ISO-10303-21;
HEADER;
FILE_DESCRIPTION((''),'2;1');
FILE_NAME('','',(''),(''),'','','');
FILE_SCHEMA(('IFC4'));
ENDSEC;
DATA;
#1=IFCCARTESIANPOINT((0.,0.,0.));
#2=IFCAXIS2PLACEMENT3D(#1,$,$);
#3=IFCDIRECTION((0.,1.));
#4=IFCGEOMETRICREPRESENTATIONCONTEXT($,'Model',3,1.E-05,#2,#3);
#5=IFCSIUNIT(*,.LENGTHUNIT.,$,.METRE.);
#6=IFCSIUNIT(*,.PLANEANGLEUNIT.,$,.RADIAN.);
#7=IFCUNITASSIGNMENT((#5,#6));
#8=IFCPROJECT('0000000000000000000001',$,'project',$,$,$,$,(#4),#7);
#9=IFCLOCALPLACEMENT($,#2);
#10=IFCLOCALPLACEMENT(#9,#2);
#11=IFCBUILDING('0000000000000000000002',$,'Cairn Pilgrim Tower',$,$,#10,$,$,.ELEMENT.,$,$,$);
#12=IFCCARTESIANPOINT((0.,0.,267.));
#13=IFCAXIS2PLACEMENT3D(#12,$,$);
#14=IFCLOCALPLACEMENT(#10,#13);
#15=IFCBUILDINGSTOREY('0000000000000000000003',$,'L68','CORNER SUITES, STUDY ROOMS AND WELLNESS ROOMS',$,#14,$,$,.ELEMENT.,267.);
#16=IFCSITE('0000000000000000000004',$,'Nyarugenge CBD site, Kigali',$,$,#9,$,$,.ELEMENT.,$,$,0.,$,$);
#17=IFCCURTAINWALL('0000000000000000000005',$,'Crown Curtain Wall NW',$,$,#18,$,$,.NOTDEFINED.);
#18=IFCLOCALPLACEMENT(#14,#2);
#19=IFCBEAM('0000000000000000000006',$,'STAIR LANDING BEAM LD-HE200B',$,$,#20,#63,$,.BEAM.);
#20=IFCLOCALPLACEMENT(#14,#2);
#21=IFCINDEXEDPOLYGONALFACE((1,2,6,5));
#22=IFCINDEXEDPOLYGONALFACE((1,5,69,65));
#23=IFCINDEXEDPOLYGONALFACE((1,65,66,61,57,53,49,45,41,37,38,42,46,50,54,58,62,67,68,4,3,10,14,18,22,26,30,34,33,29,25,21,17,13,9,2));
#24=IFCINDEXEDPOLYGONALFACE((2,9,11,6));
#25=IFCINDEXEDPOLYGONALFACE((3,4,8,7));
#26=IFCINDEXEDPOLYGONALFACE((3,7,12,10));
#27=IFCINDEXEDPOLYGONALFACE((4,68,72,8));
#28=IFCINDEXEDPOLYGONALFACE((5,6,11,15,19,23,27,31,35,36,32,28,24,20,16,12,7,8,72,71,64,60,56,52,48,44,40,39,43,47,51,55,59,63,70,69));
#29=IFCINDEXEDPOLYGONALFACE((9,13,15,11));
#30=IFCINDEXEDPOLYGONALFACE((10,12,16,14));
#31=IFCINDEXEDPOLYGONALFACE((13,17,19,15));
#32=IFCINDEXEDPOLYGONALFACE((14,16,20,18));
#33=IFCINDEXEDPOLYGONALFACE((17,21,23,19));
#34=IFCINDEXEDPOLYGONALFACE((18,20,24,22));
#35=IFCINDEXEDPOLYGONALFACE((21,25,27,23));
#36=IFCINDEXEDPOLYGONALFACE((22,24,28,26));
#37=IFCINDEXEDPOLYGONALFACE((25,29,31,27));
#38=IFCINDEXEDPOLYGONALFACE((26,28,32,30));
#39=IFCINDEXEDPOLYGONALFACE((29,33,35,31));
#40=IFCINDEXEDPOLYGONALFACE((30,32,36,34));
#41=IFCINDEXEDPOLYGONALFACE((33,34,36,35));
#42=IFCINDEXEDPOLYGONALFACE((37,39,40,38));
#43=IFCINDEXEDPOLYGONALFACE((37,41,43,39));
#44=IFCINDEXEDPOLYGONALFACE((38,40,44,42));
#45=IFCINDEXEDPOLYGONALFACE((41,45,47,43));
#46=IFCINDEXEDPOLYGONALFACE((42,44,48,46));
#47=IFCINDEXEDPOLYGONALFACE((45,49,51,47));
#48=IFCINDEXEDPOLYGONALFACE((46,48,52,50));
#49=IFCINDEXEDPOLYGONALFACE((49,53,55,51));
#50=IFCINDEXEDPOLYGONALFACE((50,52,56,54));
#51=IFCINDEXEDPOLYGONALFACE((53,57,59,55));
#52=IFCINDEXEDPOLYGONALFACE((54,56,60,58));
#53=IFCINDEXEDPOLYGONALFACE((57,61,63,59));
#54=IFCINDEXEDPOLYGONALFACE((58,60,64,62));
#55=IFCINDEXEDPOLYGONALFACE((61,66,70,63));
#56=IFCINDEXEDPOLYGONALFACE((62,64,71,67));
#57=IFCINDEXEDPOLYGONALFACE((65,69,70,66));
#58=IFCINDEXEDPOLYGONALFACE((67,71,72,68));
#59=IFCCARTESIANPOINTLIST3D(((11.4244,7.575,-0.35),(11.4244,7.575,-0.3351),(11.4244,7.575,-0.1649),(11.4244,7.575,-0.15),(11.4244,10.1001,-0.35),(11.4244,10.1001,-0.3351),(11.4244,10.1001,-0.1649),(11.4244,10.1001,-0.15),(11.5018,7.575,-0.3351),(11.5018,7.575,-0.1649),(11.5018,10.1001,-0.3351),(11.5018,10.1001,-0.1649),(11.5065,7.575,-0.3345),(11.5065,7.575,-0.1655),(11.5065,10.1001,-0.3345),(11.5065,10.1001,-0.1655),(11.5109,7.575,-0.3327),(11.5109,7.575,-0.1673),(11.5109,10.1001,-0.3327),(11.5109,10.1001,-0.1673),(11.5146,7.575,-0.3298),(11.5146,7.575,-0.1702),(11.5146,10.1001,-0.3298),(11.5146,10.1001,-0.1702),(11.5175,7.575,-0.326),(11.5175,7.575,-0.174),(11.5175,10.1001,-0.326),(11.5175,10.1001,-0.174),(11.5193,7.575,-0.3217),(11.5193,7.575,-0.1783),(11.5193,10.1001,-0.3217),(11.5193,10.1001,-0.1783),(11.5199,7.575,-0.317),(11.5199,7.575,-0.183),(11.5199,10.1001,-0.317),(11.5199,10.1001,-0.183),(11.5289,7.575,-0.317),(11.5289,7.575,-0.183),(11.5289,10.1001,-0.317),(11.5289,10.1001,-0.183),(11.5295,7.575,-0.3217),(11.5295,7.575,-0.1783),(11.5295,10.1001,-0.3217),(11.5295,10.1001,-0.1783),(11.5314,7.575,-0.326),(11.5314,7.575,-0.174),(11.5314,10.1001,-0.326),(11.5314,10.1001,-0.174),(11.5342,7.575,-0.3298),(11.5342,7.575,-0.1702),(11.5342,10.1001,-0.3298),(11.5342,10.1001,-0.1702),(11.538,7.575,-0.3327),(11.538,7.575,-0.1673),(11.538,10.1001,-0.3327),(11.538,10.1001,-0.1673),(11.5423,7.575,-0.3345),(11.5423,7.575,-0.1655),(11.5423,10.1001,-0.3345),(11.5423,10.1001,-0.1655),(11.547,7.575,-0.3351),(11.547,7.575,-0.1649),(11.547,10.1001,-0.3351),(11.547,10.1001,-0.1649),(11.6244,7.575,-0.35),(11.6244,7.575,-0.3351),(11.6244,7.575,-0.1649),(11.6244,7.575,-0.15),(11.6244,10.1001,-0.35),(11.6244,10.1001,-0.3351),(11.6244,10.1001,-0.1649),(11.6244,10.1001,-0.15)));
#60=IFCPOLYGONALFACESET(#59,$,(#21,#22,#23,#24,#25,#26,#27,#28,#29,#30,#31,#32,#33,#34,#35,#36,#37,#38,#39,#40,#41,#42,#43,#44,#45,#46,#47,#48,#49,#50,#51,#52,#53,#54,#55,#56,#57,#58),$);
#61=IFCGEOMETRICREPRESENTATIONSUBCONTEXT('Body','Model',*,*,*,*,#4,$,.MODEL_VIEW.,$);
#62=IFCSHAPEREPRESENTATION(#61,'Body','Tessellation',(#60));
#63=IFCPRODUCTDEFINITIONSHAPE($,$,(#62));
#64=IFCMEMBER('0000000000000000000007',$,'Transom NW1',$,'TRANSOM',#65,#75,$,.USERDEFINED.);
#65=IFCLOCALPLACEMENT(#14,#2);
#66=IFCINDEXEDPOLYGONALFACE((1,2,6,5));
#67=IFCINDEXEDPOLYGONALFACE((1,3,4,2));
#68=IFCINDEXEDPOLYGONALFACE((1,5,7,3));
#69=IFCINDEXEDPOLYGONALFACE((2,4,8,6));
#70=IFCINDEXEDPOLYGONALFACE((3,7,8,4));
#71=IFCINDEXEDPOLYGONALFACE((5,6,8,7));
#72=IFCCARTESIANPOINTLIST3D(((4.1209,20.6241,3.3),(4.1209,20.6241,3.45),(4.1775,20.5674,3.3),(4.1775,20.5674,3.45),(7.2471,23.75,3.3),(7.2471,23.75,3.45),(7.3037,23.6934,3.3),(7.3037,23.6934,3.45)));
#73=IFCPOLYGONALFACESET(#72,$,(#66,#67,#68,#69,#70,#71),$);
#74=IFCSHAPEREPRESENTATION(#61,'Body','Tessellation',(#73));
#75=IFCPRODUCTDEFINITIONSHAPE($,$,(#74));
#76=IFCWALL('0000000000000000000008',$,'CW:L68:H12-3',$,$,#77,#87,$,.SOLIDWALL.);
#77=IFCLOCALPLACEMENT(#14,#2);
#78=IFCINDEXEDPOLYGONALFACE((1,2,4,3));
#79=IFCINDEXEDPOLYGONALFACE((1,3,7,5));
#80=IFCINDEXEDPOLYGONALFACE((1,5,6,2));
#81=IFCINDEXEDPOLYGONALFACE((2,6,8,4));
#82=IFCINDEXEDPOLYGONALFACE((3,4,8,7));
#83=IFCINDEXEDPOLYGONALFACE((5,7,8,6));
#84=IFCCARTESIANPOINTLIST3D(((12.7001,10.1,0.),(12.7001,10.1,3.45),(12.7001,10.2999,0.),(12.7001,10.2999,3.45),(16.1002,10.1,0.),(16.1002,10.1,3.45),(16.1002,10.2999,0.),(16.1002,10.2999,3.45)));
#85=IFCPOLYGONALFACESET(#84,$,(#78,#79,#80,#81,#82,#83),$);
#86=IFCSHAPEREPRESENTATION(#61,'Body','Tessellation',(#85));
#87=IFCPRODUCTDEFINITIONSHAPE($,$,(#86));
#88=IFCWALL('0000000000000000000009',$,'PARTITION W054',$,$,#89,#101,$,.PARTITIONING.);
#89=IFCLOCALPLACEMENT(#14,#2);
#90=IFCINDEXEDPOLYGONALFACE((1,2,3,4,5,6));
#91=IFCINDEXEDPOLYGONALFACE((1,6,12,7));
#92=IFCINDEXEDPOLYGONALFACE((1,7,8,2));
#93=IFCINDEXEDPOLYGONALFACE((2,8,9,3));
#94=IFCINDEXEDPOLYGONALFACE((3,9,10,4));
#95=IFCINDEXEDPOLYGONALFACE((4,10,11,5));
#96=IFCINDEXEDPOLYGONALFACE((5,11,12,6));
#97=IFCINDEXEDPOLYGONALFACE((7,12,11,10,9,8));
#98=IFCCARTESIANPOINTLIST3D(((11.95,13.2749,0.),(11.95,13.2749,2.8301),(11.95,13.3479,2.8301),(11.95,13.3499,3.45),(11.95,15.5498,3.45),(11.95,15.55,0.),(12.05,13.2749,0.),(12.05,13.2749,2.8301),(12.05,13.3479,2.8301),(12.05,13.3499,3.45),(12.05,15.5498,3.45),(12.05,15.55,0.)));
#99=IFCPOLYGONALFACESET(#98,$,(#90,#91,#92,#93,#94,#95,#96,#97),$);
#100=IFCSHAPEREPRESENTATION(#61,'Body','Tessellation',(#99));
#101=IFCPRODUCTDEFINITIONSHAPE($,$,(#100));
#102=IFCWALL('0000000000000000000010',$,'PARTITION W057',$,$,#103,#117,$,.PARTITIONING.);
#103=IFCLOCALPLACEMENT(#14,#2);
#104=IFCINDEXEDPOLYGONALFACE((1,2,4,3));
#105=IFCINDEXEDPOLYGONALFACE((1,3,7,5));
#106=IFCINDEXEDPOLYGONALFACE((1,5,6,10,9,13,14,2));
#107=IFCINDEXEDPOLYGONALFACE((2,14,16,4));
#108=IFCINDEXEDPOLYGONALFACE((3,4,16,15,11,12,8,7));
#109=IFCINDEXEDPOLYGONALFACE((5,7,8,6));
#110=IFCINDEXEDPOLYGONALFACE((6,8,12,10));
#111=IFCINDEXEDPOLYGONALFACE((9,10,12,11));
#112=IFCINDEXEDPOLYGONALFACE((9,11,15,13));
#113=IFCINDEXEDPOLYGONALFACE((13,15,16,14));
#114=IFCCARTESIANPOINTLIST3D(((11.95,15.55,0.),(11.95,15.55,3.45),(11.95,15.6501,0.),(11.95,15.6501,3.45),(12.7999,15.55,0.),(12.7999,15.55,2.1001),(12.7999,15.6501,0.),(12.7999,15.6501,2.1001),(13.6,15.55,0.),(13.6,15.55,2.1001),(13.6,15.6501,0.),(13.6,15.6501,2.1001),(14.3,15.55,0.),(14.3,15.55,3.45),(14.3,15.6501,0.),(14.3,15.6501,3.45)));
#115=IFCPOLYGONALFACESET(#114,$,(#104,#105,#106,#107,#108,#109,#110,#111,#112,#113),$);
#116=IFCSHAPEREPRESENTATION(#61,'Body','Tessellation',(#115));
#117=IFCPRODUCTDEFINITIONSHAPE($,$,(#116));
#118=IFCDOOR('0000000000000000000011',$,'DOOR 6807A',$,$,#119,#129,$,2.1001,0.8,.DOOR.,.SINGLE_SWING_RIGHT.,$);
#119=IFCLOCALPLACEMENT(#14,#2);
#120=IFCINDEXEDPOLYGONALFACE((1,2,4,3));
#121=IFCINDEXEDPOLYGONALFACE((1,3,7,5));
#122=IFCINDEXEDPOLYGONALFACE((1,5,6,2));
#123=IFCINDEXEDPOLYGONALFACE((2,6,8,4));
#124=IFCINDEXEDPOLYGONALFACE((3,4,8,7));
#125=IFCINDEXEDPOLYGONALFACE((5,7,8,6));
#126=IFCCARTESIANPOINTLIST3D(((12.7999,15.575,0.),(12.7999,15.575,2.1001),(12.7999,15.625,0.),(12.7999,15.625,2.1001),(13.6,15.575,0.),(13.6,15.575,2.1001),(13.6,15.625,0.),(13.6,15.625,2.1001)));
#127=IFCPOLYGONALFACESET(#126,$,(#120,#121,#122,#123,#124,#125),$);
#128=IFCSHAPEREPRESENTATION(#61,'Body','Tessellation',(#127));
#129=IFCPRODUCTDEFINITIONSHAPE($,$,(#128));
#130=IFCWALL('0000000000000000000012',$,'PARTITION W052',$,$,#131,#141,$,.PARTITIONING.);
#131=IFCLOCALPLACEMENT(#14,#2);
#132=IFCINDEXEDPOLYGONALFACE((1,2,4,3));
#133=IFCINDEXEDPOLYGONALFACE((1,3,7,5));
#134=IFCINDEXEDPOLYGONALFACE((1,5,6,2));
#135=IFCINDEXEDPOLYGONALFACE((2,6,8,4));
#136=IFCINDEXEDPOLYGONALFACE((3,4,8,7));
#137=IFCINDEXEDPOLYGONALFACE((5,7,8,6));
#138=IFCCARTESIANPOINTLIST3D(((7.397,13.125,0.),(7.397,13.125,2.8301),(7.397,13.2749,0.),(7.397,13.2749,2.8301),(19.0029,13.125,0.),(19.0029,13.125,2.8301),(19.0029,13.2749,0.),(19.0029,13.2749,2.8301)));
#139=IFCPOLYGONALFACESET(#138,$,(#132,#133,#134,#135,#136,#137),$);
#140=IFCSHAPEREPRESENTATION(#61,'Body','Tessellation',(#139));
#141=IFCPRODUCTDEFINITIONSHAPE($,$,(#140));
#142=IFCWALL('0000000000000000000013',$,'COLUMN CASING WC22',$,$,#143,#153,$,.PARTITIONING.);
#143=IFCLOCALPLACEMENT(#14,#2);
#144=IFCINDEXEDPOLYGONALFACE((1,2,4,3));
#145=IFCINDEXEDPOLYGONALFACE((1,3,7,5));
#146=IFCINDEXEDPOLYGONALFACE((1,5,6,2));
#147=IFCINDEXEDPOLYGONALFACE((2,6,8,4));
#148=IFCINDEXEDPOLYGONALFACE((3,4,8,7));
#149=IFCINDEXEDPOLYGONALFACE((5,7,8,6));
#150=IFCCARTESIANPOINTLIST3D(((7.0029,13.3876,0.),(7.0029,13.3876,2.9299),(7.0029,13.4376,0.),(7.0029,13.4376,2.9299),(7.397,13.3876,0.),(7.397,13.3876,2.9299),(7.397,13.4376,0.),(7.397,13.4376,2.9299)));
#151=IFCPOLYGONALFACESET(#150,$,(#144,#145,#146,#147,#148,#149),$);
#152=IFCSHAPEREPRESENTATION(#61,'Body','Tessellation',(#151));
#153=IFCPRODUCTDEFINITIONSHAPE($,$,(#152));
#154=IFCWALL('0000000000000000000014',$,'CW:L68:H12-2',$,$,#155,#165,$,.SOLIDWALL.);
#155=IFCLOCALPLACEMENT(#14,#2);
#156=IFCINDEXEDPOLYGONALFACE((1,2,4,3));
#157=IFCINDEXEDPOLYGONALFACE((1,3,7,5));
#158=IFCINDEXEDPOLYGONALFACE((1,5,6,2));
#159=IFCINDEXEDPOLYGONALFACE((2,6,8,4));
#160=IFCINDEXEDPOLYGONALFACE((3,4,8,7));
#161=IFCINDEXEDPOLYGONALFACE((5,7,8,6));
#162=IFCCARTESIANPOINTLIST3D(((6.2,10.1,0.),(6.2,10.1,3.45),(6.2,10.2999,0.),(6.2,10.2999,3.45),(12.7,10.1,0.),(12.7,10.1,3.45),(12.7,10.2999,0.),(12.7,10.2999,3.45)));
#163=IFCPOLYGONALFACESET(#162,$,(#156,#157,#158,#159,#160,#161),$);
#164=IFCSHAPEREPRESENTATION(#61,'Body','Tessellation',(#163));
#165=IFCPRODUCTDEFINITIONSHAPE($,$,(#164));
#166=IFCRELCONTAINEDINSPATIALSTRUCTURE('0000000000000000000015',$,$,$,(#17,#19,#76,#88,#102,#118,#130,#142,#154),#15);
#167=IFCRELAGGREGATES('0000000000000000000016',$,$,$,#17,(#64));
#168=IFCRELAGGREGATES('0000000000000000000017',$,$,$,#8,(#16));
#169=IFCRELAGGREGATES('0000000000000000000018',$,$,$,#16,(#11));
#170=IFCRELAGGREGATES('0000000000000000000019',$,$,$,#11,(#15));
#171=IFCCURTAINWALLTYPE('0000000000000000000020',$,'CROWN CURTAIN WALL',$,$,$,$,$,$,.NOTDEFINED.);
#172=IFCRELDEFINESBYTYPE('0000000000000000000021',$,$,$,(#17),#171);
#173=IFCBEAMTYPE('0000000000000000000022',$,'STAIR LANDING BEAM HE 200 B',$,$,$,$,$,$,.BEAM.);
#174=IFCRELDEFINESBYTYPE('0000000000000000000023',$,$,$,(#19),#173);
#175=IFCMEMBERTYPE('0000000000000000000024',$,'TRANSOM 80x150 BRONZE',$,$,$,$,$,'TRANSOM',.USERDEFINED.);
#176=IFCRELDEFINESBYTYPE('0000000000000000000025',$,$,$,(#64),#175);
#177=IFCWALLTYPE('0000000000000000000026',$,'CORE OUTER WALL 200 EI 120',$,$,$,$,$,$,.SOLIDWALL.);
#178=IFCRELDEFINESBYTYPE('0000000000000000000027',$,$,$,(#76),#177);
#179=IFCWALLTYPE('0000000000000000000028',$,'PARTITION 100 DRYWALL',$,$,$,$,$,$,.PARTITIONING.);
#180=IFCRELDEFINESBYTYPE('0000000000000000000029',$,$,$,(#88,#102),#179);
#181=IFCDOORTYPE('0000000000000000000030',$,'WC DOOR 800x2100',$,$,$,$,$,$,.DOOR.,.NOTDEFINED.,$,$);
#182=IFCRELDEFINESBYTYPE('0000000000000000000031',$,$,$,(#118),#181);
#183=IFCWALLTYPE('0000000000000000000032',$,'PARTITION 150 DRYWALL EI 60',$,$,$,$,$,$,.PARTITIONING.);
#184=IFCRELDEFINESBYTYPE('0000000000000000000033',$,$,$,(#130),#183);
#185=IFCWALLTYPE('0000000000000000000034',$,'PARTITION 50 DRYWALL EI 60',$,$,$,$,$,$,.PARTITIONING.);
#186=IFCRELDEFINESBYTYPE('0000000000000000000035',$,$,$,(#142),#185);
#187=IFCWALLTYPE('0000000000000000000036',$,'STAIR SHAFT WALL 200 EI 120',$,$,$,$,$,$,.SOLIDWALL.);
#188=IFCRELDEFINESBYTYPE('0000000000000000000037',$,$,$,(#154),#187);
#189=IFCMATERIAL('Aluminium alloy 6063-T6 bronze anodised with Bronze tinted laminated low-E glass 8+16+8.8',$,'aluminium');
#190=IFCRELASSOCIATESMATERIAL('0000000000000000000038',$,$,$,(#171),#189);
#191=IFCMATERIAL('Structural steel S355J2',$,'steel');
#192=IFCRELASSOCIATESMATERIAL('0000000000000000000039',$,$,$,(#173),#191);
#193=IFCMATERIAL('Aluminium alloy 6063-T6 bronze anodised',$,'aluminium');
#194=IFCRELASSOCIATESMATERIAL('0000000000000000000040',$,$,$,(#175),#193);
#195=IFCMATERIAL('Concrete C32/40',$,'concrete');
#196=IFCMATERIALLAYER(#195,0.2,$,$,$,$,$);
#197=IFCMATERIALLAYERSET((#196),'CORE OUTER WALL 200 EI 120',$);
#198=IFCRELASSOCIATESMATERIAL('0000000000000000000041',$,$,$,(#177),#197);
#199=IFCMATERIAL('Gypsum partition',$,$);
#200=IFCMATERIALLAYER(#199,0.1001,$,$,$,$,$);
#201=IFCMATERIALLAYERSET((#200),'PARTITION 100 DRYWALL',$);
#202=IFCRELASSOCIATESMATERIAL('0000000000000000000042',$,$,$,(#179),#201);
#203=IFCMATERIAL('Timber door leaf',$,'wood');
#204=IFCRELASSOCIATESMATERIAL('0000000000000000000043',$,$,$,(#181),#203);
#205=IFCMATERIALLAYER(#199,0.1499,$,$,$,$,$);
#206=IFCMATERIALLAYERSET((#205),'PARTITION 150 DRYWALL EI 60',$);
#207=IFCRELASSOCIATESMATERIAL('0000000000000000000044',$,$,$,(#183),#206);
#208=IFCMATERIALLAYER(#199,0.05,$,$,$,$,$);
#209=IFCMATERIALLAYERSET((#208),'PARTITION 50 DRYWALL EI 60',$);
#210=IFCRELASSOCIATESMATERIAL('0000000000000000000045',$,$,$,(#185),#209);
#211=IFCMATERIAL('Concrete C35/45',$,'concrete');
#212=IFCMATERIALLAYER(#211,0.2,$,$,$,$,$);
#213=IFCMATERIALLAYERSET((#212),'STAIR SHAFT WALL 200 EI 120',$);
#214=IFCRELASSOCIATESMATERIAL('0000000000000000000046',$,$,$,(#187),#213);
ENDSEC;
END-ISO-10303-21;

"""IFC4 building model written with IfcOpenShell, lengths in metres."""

from ifc_helpers import new_model, si_unit, direction, frame, frame_2d, origin, origin_2d, place, context, subcontext, project, spatial, polyline, rectangle, i_section, outline, extrude, material, layer, layer_set, material_profile, profile_set, type_object, element, fill, aggregate, save


model = new_model("IFC4")

# Units and contexts
model_context = context("Model", 3, precision=1e-05, world=origin(), true_north=direction((0.0, 1.0)))
body_context = subcontext(model_context, "Body", "Model", "MODEL_VIEW")
ifc_project = project(units=[si_unit("LENGTHUNIT", "METRE"), si_unit("PLANEANGLEUNIT", "RADIAN")], contexts=[model_context])

# Site, building, storey
site_placement = place(None, origin())
site = spatial("IfcSite", under=ifc_project, at=site_placement, Name="Nyarugenge CBD site, Kigali", CompositionType="ELEMENT", RefElevation=0.0)
building_placement = place(site_placement, origin())
building = spatial("IfcBuilding", under=site, at=building_placement, Name="Cairn Pilgrim Tower", CompositionType="ELEMENT")
storey_placement = place(building_placement, frame((0.0, 0.0, 267.0)))
storey = spatial("IfcBuildingStorey", under=building, at=storey_placement, Name="L68", Description="CORNER SUITES, STUDY ROOMS AND WELLNESS ROOMS", CompositionType="ELEMENT", Elevation=267.0)

# Shared definitions
ifc_material_1 = material(Name="Structural steel S355J2", Category="steel")

# Curtain wall
ifc_material_2 = material(Name="Aluminium alloy 6063-T6 bronze anodised with Bronze tinted laminated low-E glass 8+16+8.8", Category="aluminium")
curtain_wall_type = type_object("IfcCurtainWallType", Name="CROWN CURTAIN WALL", PredefinedType="NOTDEFINED", material=ifc_material_2)
ifc_material_3 = material(Name="Aluminium alloy 6063-T6 bronze anodised", Category="aluminium")
curtain_wall_1_placement = place(storey_placement, origin())
curtain_wall_1 = element("IfcCurtainWall", 1, at=curtain_wall_1_placement, inside=storey, type_object=curtain_wall_type, Name="Crown Curtain Wall NW", PredefinedType="NOTDEFINED")

# Beam
ifc_material_profile_1 = material_profile(ifc_material_1, i_section(OverallWidth=0.2, OverallDepth=0.2, WebThickness=0.009, FlangeThickness=0.0149, FilletRadius=0.0181, at=origin_2d()), Name="HE 200 B")
ifc_profile_set_1 = profile_set([ifc_material_profile_1], Name="Structural steel S355J2")
beam_type_1 = type_object("IfcBeamType", Name="STAIR LANDING BEAM HE 200 B", PredefinedType="BEAM", material=ifc_profile_set_1)
beam_1_placement = place(storey_placement, frame((11.5244, 10.1001, -0.25), z_axis=(0.0, -1.0, 0.0), x_axis=(1.0, 0.0, 0.0)))
element("IfcBeam", 2, at=beam_1_placement, inside=storey, type_object=beam_type_1, Name="STAIR LANDING BEAM LD-HE200B", PredefinedType="BEAM", context=body_context, shape_type="SweptSolid", body=[
    extrude(i_section(OverallWidth=0.2, OverallDepth=0.2, WebThickness=0.009, FlangeThickness=0.0149, FilletRadius=0.0181, at=origin_2d()), origin(), (0.0, 0.0, 1.0), 2.5251),
])

# Member
ifc_material_profile_2 = material_profile(ifc_material_3, rectangle(XDim=0.0801, YDim=0.1499, at=origin_2d()), Name="TRANSOM 80x150 BRONZE")
ifc_profile_set_2 = profile_set([ifc_material_profile_2], Name="Aluminium alloy 6063-T6 bronze anodised")
member_type_1 = type_object("IfcMemberType", Name="TRANSOM 80x150 BRONZE", ElementType="TRANSOM", PredefinedType="USERDEFINED", material=ifc_profile_set_2)
member_1_placement = place(storey_placement, frame((7.2754, 23.7217, 3.375), z_axis=(-0.707134, -0.707079, 0.0), x_axis=(0.707079, -0.707134, 0.0)))
member_1 = element("IfcMember", 3, at=member_1_placement, type_object=member_type_1, Name="Transom NW1", ObjectType="TRANSOM", PredefinedType="USERDEFINED", context=body_context, shape_type="SweptSolid", body=[
    extrude(rectangle(XDim=0.0801, YDim=0.1499, at=origin_2d()), origin(), (0.0, 0.0, 1.0), 4.4209),
])
aggregate(curtain_wall_1, [member_1])

# Walls
ifc_material_4 = material(Name="Concrete C32/40", Category="concrete")
ifc_layer_1 = layer(ifc_material_4, 0.2)
ifc_layer_set_1 = layer_set([ifc_layer_1], Name="CORE OUTER WALL 200 EI 120")
wall_type_1 = type_object("IfcWallType", Name="CORE OUTER WALL 200 EI 120", PredefinedType="SOLIDWALL", material=ifc_layer_set_1)
wall_1_placement = place(storey_placement, frame((12.7, 10.2, 0.0), z_axis=(0.0, 0.0, 1.0), x_axis=(1.0, 0.0, 0.0)))
element("IfcWall", 4, at=wall_1_placement, inside=storey, type_object=wall_type_1, Name="CW:L68:H12-3", PredefinedType="SOLIDWALL", context=body_context, shape_type="SweptSolid", body=[
    extrude(rectangle(XDim=3.4001, YDim=0.2, at=frame_2d((1.7002, 0.0))), origin(), (0.0, 0.0, 1.0), 3.45),
])
ifc_material_5 = material(Name="Gypsum partition")
ifc_layer_2 = layer(ifc_material_5, 0.1001)
ifc_layer_set_2 = layer_set([ifc_layer_2], Name="PARTITION 100 DRYWALL")
wall_type_2 = type_object("IfcWallType", Name="PARTITION 100 DRYWALL", PredefinedType="PARTITIONING", material=ifc_layer_set_2)
wall_2_placement = place(storey_placement, frame((12.0, 13.2749, 0.0), z_axis=(0.0, 0.0, 1.0), x_axis=(0.0, 1.0, 0.0)))
element("IfcWall", 5, at=wall_2_placement, inside=storey, type_object=wall_type_2, Name="PARTITION W054", PredefinedType="PARTITIONING", context=body_context, shape_type="SweptSolid", body=[
    extrude(outline(polyline([(0.0, 0.0), (2.2751, 0.0), (2.2749, 3.45), (0.075, 3.45), (0.073, 2.8301), (0.0, 2.8301), (0.0, 0.0)])), frame((0.0, 0.05, 0.0), z_axis=(0.0, -1.0, 0.0), x_axis=(1.0, 0.0, 0.0)), (0.0, 0.0, 1.0), 0.1001),
])

# Wall, opening, door
wall_3_placement = place(storey_placement, frame((11.95, 15.6001, 0.0), z_axis=(0.0, 0.0, 1.0), x_axis=(1.0, 0.0, 0.0)))
wall_3 = element("IfcWall", 6, at=wall_3_placement, inside=storey, type_object=wall_type_2, Name="PARTITION W057", PredefinedType="PARTITIONING", context=body_context, shape_type="SweptSolid", body=[
    extrude(rectangle(XDim=2.3501, YDim=0.1001, at=frame_2d((1.175, 0.0))), origin(), (0.0, 0.0, 1.0), 3.45),
])
opening_1_placement = place(wall_3_placement, frame((0.8501, 0.0, 0.0)))
opening_1 = element("IfcOpeningElement", 7, at=opening_1_placement, cuts=wall_3, PredefinedType="OPENING", context=body_context, shape_type="SweptSolid", body=[
    extrude(rectangle(XDim=0.8, YDim=2.1001, at=frame_2d((0.3999, 1.05))), frame((0.0, 0.0601, 0.0), z_axis=(0.0, -1.0, 0.0), x_axis=(1.0, 0.0, 0.0)), (0.0, 0.0, 1.0), 0.1201),
])
ifc_material_6 = material(Name="Timber door leaf", Category="wood")
door_type_1 = type_object("IfcDoorType", Name="WC DOOR 800x2100", OperationType="NOTDEFINED", PredefinedType="DOOR", material=ifc_material_6)
door_1_placement = place(opening_1_placement, origin())
door_1 = element("IfcDoor", 8, at=door_1_placement, inside=storey, type_object=door_type_1, Name="DOOR 6807A", OperationType="SINGLE_SWING_RIGHT", OverallHeight=2.1001, OverallWidth=0.8, PredefinedType="DOOR", context=body_context, shape_type="SweptSolid", body=[
    extrude(rectangle(XDim=0.8, YDim=2.1001, at=frame_2d((0.3999, 1.05))), frame((0.0, 0.0249, 0.0), z_axis=(0.0, -1.0, 0.0), x_axis=(1.0, 0.0, 0.0)), (0.0, 0.0, 1.0), 0.05),
])
fill(opening_1, door_1)

# Walls
ifc_layer_3 = layer(ifc_material_5, 0.1499)
ifc_layer_set_3 = layer_set([ifc_layer_3], Name="PARTITION 150 DRYWALL EI 60")
wall_type_3 = type_object("IfcWallType", Name="PARTITION 150 DRYWALL EI 60", PredefinedType="PARTITIONING", material=ifc_layer_set_3)
wall_4_placement = place(storey_placement, frame((7.397, 13.2, 0.0), z_axis=(0.0, 0.0, 1.0), x_axis=(1.0, 0.0, 0.0)))
element("IfcWall", 9, at=wall_4_placement, inside=storey, type_object=wall_type_3, Name="PARTITION W052", PredefinedType="PARTITIONING", context=body_context, shape_type="SweptSolid", body=[
    extrude(rectangle(XDim=11.606, YDim=0.1499, at=frame_2d((5.803, 0.0))), origin(), (0.0, 0.0, 1.0), 2.8301),
])
ifc_layer_4 = layer(ifc_material_5, 0.05)
ifc_layer_set_4 = layer_set([ifc_layer_4], Name="PARTITION 50 DRYWALL EI 60")
wall_type_4 = type_object("IfcWallType", Name="PARTITION 50 DRYWALL EI 60", PredefinedType="PARTITIONING", material=ifc_layer_set_4)
wall_5_placement = place(storey_placement, frame((7.0029, 13.4126, 0.0), z_axis=(0.0, 0.0, 1.0), x_axis=(1.0, 0.0, 0.0)))
element("IfcWall", 10, at=wall_5_placement, inside=storey, type_object=wall_type_4, Name="COLUMN CASING WC22", PredefinedType="PARTITIONING", context=body_context, shape_type="SweptSolid", body=[
    extrude(rectangle(XDim=0.394, YDim=0.05, at=frame_2d((0.197, 0.0))), origin(), (0.0, 0.0, 1.0), 2.9299),
])
ifc_material_7 = material(Name="Concrete C35/45", Category="concrete")
ifc_layer_5 = layer(ifc_material_7, 0.2)
ifc_layer_set_5 = layer_set([ifc_layer_5], Name="STAIR SHAFT WALL 200 EI 120")
wall_type_5 = type_object("IfcWallType", Name="STAIR SHAFT WALL 200 EI 120", PredefinedType="SOLIDWALL", material=ifc_layer_set_5)
wall_6_placement = place(storey_placement, frame((6.2, 10.2, 0.0), z_axis=(0.0, 0.0, 1.0), x_axis=(1.0, 0.0, 0.0)))
element("IfcWall", 11, at=wall_6_placement, inside=storey, type_object=wall_type_5, Name="CW:L68:H12-2", PredefinedType="SOLIDWALL", context=body_context, shape_type="SweptSolid", body=[
    extrude(rectangle(XDim=6.5, YDim=0.2, at=frame_2d((3.25, 0.0))), origin(), (0.0, 0.0, 1.0), 3.45),
])

save(model, "model.ifc")
